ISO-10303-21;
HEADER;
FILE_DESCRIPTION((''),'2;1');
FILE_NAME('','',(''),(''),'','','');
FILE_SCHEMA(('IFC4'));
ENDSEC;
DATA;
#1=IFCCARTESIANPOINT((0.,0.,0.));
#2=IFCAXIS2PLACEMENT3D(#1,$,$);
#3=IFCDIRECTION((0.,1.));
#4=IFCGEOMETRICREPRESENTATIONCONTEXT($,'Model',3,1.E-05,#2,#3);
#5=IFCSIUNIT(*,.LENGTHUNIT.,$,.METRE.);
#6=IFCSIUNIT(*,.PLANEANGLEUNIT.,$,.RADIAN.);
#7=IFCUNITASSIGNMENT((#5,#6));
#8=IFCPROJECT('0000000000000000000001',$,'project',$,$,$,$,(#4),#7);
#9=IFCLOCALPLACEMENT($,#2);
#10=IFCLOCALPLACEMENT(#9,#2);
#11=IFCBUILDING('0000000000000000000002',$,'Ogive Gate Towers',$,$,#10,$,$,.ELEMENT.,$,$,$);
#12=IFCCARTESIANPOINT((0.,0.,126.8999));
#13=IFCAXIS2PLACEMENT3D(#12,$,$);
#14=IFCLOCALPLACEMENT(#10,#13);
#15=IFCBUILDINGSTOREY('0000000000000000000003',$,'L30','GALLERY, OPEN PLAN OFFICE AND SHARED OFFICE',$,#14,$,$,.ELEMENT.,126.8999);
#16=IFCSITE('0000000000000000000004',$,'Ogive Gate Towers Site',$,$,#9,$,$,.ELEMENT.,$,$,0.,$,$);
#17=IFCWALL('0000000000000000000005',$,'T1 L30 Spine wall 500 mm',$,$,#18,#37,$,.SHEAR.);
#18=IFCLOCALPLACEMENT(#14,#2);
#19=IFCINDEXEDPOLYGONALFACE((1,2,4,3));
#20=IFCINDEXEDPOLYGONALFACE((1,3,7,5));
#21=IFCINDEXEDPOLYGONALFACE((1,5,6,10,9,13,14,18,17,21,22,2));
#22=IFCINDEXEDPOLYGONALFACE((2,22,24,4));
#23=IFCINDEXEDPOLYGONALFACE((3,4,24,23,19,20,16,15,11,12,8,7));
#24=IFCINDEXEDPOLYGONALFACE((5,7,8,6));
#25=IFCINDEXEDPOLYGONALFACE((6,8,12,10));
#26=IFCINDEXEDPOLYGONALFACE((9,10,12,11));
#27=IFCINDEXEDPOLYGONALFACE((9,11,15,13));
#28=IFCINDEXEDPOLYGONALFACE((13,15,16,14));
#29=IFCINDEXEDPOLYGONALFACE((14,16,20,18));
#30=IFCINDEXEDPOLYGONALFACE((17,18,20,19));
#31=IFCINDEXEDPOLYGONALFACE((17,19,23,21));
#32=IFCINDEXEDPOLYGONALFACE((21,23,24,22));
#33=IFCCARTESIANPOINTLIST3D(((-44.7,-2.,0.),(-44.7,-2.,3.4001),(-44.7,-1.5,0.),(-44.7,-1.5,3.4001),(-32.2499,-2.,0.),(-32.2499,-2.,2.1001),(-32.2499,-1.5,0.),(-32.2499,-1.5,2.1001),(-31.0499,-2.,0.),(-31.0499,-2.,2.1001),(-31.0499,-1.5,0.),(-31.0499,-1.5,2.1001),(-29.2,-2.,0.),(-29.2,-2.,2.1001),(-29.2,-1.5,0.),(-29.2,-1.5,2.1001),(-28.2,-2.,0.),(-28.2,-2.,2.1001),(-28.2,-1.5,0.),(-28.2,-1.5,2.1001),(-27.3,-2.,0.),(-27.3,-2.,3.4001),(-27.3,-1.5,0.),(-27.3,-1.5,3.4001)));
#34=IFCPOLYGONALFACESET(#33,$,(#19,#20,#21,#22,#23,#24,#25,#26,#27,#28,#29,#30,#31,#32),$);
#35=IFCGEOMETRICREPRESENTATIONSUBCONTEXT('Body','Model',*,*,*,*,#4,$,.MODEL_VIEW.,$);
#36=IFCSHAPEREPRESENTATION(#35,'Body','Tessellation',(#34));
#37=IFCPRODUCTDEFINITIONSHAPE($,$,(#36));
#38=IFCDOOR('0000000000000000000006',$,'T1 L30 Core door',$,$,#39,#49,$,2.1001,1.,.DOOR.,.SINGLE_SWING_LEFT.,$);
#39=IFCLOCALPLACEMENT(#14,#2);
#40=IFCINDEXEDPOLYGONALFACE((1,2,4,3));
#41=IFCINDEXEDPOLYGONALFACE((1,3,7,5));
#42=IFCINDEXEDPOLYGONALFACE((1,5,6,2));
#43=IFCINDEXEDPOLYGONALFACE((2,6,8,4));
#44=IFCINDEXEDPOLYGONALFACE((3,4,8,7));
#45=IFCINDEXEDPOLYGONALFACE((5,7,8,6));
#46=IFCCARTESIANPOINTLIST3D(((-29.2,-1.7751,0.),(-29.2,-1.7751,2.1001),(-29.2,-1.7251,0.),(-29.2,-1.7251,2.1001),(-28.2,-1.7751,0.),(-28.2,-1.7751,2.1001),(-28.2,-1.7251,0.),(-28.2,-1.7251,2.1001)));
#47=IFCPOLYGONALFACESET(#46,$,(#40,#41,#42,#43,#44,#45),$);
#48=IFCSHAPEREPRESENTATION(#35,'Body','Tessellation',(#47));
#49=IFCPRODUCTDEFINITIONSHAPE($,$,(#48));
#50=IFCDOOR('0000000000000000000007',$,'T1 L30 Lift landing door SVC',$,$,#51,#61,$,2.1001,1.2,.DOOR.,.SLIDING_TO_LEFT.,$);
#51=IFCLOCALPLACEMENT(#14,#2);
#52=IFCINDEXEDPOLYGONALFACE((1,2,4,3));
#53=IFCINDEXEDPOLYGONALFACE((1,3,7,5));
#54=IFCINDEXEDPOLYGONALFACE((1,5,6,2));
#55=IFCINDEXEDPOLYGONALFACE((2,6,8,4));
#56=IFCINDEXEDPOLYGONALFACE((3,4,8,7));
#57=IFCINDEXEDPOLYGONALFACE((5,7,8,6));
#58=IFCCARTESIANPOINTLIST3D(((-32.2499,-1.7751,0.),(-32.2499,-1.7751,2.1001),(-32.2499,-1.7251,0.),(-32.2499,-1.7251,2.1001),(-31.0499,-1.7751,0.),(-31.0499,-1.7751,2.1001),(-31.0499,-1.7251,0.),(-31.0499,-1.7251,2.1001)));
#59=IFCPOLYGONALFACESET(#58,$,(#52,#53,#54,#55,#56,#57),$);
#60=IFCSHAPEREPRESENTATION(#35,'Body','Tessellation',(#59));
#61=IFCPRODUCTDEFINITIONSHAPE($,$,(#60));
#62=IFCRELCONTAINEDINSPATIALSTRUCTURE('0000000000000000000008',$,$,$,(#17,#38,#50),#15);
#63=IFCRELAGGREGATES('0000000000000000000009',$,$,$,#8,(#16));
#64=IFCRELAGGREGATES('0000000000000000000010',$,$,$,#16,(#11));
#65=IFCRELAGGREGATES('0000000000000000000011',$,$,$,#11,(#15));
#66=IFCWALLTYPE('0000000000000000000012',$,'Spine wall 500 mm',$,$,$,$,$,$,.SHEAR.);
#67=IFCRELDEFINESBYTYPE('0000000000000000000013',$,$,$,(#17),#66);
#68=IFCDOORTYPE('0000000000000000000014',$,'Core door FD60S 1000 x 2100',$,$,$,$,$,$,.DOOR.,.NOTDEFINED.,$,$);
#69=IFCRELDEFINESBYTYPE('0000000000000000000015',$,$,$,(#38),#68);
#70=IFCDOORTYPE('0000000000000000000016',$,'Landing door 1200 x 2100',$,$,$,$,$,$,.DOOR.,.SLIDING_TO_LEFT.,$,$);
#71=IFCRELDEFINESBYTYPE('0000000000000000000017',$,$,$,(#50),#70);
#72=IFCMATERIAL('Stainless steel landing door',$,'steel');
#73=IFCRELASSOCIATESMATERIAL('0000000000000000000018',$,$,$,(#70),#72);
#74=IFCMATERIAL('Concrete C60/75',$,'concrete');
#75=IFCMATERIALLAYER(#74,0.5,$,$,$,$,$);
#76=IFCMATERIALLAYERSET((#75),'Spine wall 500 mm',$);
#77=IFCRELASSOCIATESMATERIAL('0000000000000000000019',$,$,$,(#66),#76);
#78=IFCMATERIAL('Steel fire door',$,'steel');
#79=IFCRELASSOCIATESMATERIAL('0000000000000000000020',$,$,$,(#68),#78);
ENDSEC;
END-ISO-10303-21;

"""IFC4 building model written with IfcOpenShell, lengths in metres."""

from ifc_helpers import new_model, si_unit, direction, frame, frame_2d, origin, place, context, subcontext, project, spatial, rectangle, extrude, material, layer, layer_set, type_object, element, fill, save


model = new_model("IFC4")

# Units and contexts
model_context = context("Model", 3, precision=1e-05, world=origin(), true_north=direction((0.0, 1.0)))
body_context = subcontext(model_context, "Body", "Model", "MODEL_VIEW")
ifc_project = project(units=[si_unit("LENGTHUNIT", "METRE"), si_unit("PLANEANGLEUNIT", "RADIAN")], contexts=[model_context])

# Site, building, storey
site_placement = place(None, origin())
site = spatial("IfcSite", under=ifc_project, at=site_placement, Name="Ogive Gate Towers Site", CompositionType="ELEMENT", RefElevation=0.0)
building_placement = place(site_placement, origin())
building = spatial("IfcBuilding", under=site, at=building_placement, Name="Ogive Gate Towers", CompositionType="ELEMENT")
storey_placement = place(building_placement, frame((0.0, 0.0, 126.8999)))
storey = spatial("IfcBuildingStorey", under=building, at=storey_placement, Name="L30", Description="GALLERY, OPEN PLAN OFFICE AND SHARED OFFICE", CompositionType="ELEMENT", Elevation=126.8999)

# Shared definitions
ifc_material_1 = material(Name="Concrete C60/75", Category="concrete")
ifc_material_2 = material(Name="Steel fire door", Category="steel")

# Shared definitions
ifc_material_3 = material(Name="Stainless steel landing door", Category="steel")
door_type_1 = type_object("IfcDoorType", Name="Landing door 1200 x 2100", OperationType="SLIDING_TO_LEFT", PredefinedType="DOOR", material=ifc_material_3)

# Wall, openings, doors
ifc_layer_1 = layer(ifc_material_1, 0.5)
ifc_layer_set_1 = layer_set([ifc_layer_1], Name="Spine wall 500 mm")
wall_type_1 = type_object("IfcWallType", Name="Spine wall 500 mm", PredefinedType="SHEAR", material=ifc_layer_set_1)
wall_1_placement = place(storey_placement, frame((-44.7, -1.75, 0.0), z_axis=(0.0, 0.0, 1.0), x_axis=(1.0, 0.0, 0.0)))
wall_1 = element("IfcWall", 1, at=wall_1_placement, inside=storey, type_object=wall_type_1, Name="T1 L30 Spine wall 500 mm", PredefinedType="SHEAR", context=body_context, shape_type="SweptSolid", body=[
    extrude(rectangle(XDim=17.3999, YDim=0.5, at=frame_2d((8.7, 0.0))), origin(), (0.0, 0.0, 1.0), 3.4001),
])
opening_1_placement = place(wall_1_placement, frame((12.45, 0.0, 0.0)))
opening_1 = element("IfcOpeningElement", 2, at=opening_1_placement, cuts=wall_1, PredefinedType="OPENING", context=body_context, shape_type="SweptSolid", body=[
    extrude(rectangle(XDim=1.2, YDim=2.1001, at=frame_2d((0.6001, 1.05))), frame((0.0, 0.26, 0.0), z_axis=(0.0, -1.0, 0.0), x_axis=(1.0, 0.0, 0.0)), (0.0, 0.0, 1.0), 0.52),
])
opening_2_placement = place(wall_1_placement, frame((15.5, 0.0, 0.0)))
opening_2 = element("IfcOpeningElement", 3, at=opening_2_placement, cuts=wall_1, PredefinedType="OPENING", context=body_context, shape_type="SweptSolid", body=[
    extrude(rectangle(XDim=1.0, YDim=2.1001, at=frame_2d((0.5, 1.05))), frame((0.0, 0.26, 0.0), z_axis=(0.0, -1.0, 0.0), x_axis=(1.0, 0.0, 0.0)), (0.0, 0.0, 1.0), 0.52),
])
door_type_2 = type_object("IfcDoorType", Name="Core door FD60S 1000 x 2100", OperationType="NOTDEFINED", PredefinedType="DOOR", material=ifc_material_2)
door_1_placement = place(opening_2_placement, origin())
door_1 = element("IfcDoor", 4, at=door_1_placement, inside=storey, type_object=door_type_2, Name="T1 L30 Core door", OperationType="SINGLE_SWING_LEFT", OverallHeight=2.1001, OverallWidth=1.0, PredefinedType="DOOR", context=body_context, shape_type="SweptSolid", body=[
    extrude(rectangle(XDim=1.0, YDim=2.1001, at=frame_2d((0.5, 1.05))), frame((0.0, 0.0249, 0.0), z_axis=(0.0, -1.0, 0.0), x_axis=(1.0, 0.0, 0.0)), (0.0, 0.0, 1.0), 0.05),
])
fill(opening_2, door_1)
door_2_placement = place(opening_1_placement, origin())
door_2 = element("IfcDoor", 5, at=door_2_placement, inside=storey, type_object=door_type_1, Name="T1 L30 Lift landing door SVC", OperationType="SLIDING_TO_LEFT", OverallHeight=2.1001, OverallWidth=1.2, PredefinedType="DOOR", context=body_context, shape_type="SweptSolid", body=[
    extrude(rectangle(XDim=1.2, YDim=2.1001, at=frame_2d((0.6001, 1.05))), frame((0.0, 0.0249, 0.0), z_axis=(0.0, -1.0, 0.0), x_axis=(1.0, 0.0, 0.0)), (0.0, 0.0, 1.0), 0.05),
])
fill(opening_1, door_2)

save(model, "model.ifc")
